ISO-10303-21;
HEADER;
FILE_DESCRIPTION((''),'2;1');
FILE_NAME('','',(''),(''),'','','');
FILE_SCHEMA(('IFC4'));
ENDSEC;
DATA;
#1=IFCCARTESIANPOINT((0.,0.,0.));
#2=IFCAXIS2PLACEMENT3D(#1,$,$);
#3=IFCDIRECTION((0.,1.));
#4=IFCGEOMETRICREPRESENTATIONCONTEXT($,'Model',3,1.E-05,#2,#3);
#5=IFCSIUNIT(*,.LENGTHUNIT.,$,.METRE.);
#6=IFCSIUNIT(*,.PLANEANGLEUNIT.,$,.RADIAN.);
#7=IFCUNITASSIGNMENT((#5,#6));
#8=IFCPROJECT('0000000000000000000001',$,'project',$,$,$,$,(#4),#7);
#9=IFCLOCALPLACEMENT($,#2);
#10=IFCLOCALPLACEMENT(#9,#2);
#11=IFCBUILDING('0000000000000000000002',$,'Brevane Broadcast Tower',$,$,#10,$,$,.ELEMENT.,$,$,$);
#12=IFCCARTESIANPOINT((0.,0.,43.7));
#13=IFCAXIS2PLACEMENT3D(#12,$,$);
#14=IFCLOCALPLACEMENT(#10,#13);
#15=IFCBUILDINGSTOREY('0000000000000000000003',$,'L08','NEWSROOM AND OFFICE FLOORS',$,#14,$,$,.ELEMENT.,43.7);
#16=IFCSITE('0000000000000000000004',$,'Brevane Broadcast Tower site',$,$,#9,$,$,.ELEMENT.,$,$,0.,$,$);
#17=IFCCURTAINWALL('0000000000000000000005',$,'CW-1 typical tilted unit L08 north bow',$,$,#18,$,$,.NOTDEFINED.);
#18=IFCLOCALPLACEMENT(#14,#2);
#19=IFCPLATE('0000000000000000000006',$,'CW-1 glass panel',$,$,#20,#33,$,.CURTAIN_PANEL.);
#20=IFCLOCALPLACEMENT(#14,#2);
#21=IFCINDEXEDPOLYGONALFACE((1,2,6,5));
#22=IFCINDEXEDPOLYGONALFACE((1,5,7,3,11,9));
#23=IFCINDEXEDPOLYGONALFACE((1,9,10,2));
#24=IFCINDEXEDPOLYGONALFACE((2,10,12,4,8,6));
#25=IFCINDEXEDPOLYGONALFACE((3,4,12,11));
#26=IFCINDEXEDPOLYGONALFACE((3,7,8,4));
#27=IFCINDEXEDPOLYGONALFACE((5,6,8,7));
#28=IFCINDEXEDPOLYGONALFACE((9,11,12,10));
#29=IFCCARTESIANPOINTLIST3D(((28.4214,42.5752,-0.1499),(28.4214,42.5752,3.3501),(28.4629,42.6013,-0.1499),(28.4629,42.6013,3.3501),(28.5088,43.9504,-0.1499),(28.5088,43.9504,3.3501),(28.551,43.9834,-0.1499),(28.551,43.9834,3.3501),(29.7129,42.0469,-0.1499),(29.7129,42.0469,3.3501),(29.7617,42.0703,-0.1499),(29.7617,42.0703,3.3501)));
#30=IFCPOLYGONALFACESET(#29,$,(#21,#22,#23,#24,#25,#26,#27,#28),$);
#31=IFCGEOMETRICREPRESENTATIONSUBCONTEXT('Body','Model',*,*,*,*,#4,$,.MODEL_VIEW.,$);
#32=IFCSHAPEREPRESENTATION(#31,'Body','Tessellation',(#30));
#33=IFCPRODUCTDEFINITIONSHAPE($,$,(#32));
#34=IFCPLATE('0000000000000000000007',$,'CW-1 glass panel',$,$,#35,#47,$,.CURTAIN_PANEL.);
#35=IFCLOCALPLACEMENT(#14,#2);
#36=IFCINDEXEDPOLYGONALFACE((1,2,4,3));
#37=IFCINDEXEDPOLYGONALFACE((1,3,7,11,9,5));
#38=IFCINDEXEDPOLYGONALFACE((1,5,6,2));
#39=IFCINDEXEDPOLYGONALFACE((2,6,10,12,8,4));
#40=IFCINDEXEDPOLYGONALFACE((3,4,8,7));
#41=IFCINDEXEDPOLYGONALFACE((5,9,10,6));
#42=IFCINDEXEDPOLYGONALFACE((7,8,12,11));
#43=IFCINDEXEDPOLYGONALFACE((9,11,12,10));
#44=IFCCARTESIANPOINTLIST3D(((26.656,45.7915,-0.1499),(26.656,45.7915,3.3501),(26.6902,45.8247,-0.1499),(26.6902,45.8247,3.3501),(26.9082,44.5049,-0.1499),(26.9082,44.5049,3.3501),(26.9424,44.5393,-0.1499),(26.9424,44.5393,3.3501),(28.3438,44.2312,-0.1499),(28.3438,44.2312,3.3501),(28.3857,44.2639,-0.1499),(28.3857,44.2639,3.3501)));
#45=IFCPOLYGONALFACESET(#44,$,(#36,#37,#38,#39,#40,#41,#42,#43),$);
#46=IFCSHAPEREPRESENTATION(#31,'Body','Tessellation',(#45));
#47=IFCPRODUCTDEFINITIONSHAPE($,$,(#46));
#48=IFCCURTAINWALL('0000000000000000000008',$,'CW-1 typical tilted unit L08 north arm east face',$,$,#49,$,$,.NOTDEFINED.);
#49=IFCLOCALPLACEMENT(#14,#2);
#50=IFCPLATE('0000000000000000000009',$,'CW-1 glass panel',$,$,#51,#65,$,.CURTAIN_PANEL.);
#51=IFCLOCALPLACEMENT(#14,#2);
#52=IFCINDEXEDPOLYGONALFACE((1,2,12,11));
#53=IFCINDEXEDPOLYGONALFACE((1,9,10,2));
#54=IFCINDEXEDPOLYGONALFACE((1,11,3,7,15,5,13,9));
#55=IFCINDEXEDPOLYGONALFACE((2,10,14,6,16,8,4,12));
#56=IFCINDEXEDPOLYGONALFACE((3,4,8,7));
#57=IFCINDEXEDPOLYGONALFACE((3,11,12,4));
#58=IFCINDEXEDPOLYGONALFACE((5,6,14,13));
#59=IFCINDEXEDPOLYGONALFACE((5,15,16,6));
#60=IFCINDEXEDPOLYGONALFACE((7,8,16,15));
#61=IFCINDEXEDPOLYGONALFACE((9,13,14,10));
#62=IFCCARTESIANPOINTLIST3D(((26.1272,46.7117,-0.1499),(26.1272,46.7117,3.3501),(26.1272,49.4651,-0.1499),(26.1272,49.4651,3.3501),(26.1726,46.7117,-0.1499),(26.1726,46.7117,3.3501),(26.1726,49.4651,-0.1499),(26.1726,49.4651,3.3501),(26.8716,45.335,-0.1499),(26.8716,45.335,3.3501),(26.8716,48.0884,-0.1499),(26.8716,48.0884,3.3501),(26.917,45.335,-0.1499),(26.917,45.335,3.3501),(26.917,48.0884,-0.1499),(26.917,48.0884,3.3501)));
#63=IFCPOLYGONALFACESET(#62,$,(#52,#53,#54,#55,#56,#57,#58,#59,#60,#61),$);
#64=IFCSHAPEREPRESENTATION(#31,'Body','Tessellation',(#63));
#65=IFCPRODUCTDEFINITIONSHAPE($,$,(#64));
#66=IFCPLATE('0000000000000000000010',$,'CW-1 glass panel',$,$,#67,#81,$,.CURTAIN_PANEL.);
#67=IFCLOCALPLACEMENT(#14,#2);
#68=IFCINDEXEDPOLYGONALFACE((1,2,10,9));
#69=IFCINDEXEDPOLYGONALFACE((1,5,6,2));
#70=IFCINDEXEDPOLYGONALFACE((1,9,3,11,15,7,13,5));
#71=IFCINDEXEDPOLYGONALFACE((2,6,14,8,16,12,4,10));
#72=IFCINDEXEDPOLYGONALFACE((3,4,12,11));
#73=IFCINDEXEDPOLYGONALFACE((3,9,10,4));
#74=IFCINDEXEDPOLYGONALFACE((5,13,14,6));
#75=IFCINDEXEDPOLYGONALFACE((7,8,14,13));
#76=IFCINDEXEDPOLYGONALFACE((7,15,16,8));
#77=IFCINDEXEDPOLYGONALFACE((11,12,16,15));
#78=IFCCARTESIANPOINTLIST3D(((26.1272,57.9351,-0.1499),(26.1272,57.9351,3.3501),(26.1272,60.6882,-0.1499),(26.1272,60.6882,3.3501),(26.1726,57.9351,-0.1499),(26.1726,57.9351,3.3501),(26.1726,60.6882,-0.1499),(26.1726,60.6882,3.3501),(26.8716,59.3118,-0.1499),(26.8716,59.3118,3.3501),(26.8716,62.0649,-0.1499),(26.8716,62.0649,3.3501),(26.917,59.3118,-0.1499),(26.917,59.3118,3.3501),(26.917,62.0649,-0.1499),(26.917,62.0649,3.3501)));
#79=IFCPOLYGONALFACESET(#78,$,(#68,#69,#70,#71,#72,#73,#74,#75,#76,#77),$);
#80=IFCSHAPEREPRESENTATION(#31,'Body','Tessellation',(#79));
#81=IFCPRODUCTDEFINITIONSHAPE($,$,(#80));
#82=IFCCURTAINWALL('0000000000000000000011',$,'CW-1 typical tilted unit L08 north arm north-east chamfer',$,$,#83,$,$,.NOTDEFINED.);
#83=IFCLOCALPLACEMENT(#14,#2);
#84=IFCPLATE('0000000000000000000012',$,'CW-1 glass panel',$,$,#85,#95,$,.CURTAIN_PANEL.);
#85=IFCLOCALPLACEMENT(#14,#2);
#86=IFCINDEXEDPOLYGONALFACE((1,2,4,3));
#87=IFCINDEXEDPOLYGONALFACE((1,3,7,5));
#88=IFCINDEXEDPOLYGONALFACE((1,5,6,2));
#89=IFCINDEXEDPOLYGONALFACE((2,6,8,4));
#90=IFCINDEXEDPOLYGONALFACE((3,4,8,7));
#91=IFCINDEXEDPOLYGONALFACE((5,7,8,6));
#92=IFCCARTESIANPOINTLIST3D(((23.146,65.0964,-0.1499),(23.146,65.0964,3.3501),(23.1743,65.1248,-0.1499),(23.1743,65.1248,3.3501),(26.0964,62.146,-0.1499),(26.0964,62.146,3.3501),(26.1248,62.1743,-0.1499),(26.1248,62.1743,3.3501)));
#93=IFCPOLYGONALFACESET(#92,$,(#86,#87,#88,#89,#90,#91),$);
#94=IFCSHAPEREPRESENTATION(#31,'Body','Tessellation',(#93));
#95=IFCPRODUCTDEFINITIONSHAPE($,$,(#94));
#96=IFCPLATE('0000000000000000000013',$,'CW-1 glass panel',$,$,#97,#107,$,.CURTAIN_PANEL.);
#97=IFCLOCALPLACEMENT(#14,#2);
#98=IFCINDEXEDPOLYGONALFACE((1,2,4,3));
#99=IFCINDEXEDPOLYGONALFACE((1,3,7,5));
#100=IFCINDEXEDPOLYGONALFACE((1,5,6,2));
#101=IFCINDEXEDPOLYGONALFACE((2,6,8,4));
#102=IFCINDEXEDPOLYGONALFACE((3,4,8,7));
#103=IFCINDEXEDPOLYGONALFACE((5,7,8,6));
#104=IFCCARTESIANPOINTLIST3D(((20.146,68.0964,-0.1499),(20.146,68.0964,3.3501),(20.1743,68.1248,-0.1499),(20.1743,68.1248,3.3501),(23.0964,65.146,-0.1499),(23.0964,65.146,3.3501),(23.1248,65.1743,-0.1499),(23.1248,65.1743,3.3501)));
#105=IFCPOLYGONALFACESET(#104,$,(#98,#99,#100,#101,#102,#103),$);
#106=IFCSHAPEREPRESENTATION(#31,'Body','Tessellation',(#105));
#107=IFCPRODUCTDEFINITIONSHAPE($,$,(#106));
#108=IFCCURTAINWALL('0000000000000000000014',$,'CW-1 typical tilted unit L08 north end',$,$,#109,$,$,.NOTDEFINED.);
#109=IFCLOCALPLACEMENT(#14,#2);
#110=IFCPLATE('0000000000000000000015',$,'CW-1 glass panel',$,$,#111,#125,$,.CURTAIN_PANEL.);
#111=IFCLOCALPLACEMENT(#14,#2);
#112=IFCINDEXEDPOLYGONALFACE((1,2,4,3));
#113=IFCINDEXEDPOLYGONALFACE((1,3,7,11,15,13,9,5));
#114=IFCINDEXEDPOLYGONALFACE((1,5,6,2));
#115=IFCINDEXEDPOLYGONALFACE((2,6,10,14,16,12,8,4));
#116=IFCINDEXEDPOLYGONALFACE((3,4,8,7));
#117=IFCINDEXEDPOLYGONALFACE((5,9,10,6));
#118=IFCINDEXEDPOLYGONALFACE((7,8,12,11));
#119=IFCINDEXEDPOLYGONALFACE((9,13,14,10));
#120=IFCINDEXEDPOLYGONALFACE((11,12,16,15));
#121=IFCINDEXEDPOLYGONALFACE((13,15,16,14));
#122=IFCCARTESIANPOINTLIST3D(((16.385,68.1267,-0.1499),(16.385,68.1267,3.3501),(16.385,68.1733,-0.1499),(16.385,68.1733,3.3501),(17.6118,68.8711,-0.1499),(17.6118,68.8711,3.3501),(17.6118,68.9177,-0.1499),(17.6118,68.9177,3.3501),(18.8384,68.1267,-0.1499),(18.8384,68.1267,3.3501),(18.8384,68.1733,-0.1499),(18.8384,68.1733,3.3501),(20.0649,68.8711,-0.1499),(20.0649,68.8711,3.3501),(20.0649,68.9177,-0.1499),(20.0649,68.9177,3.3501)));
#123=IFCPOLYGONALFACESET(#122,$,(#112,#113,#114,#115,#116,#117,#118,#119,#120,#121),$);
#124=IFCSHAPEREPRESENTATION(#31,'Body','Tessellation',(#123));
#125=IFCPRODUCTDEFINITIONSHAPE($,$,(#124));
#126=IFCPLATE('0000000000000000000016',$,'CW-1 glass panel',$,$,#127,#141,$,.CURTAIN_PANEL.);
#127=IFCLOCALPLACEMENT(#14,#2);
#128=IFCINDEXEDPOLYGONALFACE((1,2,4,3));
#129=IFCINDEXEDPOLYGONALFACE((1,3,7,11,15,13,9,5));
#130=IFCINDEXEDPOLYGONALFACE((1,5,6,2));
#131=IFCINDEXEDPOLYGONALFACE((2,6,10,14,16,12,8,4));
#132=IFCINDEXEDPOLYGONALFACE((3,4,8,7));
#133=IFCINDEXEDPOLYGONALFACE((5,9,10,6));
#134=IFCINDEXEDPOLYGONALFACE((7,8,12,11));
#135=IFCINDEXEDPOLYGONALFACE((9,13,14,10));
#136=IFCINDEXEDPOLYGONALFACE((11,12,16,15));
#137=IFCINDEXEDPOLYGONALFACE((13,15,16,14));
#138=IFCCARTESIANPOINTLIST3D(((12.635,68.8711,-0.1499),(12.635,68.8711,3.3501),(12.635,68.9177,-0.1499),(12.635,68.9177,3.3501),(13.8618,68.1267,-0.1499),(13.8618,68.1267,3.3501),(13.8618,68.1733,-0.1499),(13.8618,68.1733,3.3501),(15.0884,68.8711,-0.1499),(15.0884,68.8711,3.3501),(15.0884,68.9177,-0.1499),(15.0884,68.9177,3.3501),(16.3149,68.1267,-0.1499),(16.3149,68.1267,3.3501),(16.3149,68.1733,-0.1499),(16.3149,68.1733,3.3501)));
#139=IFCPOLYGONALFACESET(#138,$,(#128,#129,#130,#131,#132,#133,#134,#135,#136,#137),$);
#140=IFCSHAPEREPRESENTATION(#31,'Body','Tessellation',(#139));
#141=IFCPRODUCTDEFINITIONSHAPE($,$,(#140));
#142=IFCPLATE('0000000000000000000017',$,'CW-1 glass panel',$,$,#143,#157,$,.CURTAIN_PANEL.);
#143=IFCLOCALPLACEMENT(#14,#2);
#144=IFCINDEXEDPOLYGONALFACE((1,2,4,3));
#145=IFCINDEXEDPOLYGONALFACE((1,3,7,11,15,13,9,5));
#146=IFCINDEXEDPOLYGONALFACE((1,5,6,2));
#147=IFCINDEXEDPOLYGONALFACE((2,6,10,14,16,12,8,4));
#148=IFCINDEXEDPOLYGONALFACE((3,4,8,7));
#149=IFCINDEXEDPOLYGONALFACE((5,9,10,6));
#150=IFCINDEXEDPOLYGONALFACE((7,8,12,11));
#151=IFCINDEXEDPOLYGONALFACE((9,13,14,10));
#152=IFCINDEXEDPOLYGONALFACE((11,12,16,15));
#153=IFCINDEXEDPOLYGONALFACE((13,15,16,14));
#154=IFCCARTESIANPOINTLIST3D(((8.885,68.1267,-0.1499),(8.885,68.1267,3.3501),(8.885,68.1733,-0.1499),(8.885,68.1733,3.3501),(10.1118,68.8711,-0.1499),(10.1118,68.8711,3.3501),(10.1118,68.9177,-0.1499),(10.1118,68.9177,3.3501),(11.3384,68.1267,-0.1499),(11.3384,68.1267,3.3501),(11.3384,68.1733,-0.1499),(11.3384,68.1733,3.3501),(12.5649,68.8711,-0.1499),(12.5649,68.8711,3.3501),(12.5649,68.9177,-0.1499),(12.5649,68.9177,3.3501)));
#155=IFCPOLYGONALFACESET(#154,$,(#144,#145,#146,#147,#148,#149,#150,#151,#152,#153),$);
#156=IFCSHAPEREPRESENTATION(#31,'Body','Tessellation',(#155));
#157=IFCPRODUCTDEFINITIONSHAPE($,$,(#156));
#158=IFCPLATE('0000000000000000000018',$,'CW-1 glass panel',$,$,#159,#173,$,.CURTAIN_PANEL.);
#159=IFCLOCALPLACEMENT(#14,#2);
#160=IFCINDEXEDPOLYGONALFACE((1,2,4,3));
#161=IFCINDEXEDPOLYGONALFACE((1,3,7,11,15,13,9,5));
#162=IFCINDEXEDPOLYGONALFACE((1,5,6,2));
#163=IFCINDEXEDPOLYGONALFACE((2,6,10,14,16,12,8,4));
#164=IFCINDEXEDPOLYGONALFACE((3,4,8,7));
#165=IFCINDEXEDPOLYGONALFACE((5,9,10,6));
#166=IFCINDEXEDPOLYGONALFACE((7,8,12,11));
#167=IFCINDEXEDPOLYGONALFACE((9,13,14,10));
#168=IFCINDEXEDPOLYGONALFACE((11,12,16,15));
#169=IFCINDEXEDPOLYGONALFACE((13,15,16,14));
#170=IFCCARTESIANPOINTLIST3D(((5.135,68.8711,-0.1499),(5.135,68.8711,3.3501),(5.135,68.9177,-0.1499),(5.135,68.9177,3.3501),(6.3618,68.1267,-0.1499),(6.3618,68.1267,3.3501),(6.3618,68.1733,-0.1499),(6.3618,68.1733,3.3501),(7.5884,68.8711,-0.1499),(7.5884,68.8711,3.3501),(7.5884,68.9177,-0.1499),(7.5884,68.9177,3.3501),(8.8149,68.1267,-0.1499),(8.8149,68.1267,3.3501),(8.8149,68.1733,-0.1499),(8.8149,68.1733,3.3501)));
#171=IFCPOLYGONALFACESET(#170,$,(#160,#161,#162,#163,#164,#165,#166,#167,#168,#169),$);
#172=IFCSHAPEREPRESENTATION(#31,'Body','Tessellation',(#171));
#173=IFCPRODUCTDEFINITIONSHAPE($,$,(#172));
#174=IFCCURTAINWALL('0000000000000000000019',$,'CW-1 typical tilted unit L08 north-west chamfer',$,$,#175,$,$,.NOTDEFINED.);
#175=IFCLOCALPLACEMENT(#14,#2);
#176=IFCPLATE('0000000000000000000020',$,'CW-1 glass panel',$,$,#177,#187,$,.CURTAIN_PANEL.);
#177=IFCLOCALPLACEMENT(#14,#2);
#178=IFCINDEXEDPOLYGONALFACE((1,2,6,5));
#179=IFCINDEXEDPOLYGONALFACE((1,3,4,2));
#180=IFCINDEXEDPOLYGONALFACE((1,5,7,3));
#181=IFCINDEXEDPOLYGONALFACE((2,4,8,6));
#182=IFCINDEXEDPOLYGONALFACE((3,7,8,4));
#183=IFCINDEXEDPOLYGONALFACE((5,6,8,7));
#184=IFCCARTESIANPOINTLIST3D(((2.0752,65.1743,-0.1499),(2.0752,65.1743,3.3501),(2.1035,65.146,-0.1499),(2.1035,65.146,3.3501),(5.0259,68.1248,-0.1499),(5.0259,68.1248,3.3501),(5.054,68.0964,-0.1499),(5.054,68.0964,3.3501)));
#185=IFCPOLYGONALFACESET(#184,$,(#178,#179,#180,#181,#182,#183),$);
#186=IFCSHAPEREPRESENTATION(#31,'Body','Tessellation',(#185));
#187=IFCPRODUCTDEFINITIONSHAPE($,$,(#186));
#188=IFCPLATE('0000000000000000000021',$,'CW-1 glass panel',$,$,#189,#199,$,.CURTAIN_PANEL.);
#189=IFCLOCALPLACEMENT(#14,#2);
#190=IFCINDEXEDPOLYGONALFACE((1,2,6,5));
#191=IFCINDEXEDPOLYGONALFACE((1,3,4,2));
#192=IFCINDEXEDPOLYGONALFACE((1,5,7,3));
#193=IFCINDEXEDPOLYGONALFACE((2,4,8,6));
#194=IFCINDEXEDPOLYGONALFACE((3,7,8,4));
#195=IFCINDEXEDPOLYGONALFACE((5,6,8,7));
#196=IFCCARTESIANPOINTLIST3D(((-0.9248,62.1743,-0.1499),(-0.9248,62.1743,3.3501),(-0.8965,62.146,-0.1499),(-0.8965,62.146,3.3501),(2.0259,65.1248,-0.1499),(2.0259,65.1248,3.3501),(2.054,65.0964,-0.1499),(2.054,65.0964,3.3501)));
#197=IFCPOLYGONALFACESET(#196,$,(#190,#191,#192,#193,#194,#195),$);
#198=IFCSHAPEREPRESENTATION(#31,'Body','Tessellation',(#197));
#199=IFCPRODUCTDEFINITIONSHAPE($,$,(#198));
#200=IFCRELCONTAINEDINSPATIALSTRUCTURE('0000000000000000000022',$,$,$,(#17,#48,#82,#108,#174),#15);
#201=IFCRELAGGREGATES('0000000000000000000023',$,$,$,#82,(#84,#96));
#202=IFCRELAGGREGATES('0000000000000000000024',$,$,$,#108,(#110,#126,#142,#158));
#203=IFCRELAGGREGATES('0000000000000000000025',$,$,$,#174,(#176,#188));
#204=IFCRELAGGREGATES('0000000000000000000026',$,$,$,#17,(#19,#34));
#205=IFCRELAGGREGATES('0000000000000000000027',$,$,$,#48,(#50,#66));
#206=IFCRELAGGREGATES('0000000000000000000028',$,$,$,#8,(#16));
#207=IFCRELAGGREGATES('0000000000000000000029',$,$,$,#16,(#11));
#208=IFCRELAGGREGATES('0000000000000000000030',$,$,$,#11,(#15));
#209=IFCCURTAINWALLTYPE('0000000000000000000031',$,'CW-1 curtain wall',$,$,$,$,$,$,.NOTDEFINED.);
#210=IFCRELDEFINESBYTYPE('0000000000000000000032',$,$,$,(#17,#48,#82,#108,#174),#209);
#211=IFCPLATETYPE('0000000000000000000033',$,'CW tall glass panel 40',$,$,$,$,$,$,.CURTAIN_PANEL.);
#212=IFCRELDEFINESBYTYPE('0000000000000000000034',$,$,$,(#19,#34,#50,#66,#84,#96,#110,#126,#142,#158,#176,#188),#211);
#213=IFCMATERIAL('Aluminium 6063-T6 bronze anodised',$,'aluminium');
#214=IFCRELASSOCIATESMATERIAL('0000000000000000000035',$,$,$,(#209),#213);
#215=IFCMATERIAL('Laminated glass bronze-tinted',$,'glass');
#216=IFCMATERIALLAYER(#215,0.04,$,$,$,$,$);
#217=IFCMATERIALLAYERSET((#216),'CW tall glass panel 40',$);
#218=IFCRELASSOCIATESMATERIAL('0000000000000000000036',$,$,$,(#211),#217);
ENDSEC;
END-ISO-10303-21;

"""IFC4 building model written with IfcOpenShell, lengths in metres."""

from ifc_helpers import new_model, si_unit, direction, frame, origin, place, context, subcontext, project, spatial, polyline, outline, extrude, material, layer, layer_set, type_object, element, aggregate, save


model = new_model("IFC4")

# Units and contexts
model_context = context("Model", 3, precision=1e-05, world=origin(), true_north=direction((0.0, 1.0)))
body_context = subcontext(model_context, "Body", "Model", "MODEL_VIEW")
ifc_project = project(units=[si_unit("LENGTHUNIT", "METRE"), si_unit("PLANEANGLEUNIT", "RADIAN")], contexts=[model_context])

# Site, building, storey
site_placement = place(None, origin())
site = spatial("IfcSite", under=ifc_project, at=site_placement, Name="Brevane Broadcast Tower site", CompositionType="ELEMENT", RefElevation=0.0)
building_placement = place(site_placement, origin())
building = spatial("IfcBuilding", under=site, at=building_placement, Name="Brevane Broadcast Tower", CompositionType="ELEMENT")
storey_placement = place(building_placement, frame((0.0, 0.0, 43.7)))
storey = spatial("IfcBuildingStorey", under=building, at=storey_placement, Name="L08", Description="NEWSROOM AND OFFICE FLOORS", CompositionType="ELEMENT", Elevation=43.7)

# Shared definitions
ifc_material_1 = material(Name="Aluminium 6063-T6 bronze anodised", Category="aluminium")
curtain_wall_type = type_object("IfcCurtainWallType", Name="CW-1 curtain wall", PredefinedType="NOTDEFINED", material=ifc_material_1)

# Curtain walls, plates
ifc_material_2 = material(Name="Laminated glass bronze-tinted", Category="glass")
ifc_layer_1 = layer(ifc_material_2, 0.04)
ifc_layer_set_1 = layer_set([ifc_layer_1], Name="CW tall glass panel 40")
plate_type = type_object("IfcPlateType", Name="CW tall glass panel 40", PredefinedType="CURTAIN_PANEL", material=ifc_layer_set_1)
curtain_wall_1_placement = place(storey_placement, origin())
curtain_wall_1 = element("IfcCurtainWall", 1, at=curtain_wall_1_placement, inside=storey, type_object=curtain_wall_type, Name="CW-1 typical tilted unit L08 north bow", PredefinedType="NOTDEFINED")
plate_1_placement = place(storey_placement, frame((0.0, 0.0, -0.1499)))
plate_1 = element("IfcPlate", 2, at=plate_1_placement, type_object=plate_type, Name="CW-1 glass panel", PredefinedType="CURTAIN_PANEL", context=body_context, shape_type="SweptSolid", body=[
    extrude(outline(polyline([(29.7129, 42.0469), (29.7617, 42.0703), (28.4629, 42.6013), (28.551, 43.9834), (28.5088, 43.9504), (28.4214, 42.5752), (29.7129, 42.0469)])), origin(), (0.0, 0.0, 1.0), 3.5),
])
plate_2_placement = place(storey_placement, frame((0.0, 0.0, -0.1499)))
plate_2 = element("IfcPlate", 3, at=plate_2_placement, type_object=plate_type, Name="CW-1 glass panel", PredefinedType="CURTAIN_PANEL", context=body_context, shape_type="SweptSolid", body=[
    extrude(outline(polyline([(28.3438, 44.2312), (28.3857, 44.2639), (26.9424, 44.5393), (26.6902, 45.8247), (26.656, 45.7915), (26.9082, 44.5049), (28.3438, 44.2312)])), origin(), (0.0, 0.0, 1.0), 3.5),
])
curtain_wall_2_placement = place(storey_placement, origin())
curtain_wall_2 = element("IfcCurtainWall", 4, at=curtain_wall_2_placement, inside=storey, type_object=curtain_wall_type, Name="CW-1 typical tilted unit L08 north arm east face", PredefinedType="NOTDEFINED")
plate_3_placement = place(storey_placement, frame((0.0, 0.0, -0.1499)))
plate_3 = element("IfcPlate", 5, at=plate_3_placement, type_object=plate_type, Name="CW-1 glass panel", PredefinedType="CURTAIN_PANEL", context=body_context, shape_type="SweptSolid", body=[
    extrude(outline(polyline([(26.8716, 45.335), (26.917, 45.335), (26.1726, 46.7117), (26.917, 48.0884), (26.1726, 49.4651), (26.1272, 49.4651), (26.8716, 48.0884), (26.1272, 46.7117), (26.8716, 45.335)])), origin(), (0.0, 0.0, 1.0), 3.5),
])
plate_4_placement = place(storey_placement, frame((0.0, 0.0, -0.1499)))
plate_4 = element("IfcPlate", 6, at=plate_4_placement, type_object=plate_type, Name="CW-1 glass panel", PredefinedType="CURTAIN_PANEL", context=body_context, shape_type="SweptSolid", body=[
    extrude(outline(polyline([(26.1272, 57.9351), (26.1726, 57.9351), (26.917, 59.3118), (26.1726, 60.6882), (26.917, 62.0649), (26.8716, 62.0649), (26.1272, 60.6882), (26.8716, 59.3118), (26.1272, 57.9351)])), origin(), (0.0, 0.0, 1.0), 3.5),
])
curtain_wall_3_placement = place(storey_placement, origin())
curtain_wall_3 = element("IfcCurtainWall", 7, at=curtain_wall_3_placement, inside=storey, type_object=curtain_wall_type, Name="CW-1 typical tilted unit L08 north arm north-east chamfer", PredefinedType="NOTDEFINED")
plate_5_placement = place(storey_placement, frame((0.0, 0.0, -0.1499)))
plate_5 = element("IfcPlate", 8, at=plate_5_placement, type_object=plate_type, Name="CW-1 glass panel", PredefinedType="CURTAIN_PANEL", context=body_context, shape_type="SweptSolid", body=[
    extrude(outline(polyline([(26.0964, 62.146), (23.146, 65.0964), (23.1743, 65.1248), (26.1248, 62.1743), (26.0964, 62.146)])), origin(), (0.0, 0.0, 1.0), 3.5),
])
plate_6_placement = place(storey_placement, frame((0.0, 0.0, -0.1499)))
plate_6 = element("IfcPlate", 9, at=plate_6_placement, type_object=plate_type, Name="CW-1 glass panel", PredefinedType="CURTAIN_PANEL", context=body_context, shape_type="SweptSolid", body=[
    extrude(outline(polyline([(23.0964, 65.146), (20.146, 68.0964), (20.1743, 68.1248), (23.1248, 65.1743), (23.0964, 65.146)])), origin(), (0.0, 0.0, 1.0), 3.5),
])
aggregate(curtain_wall_3, [plate_5, plate_6])
curtain_wall_4_placement = place(storey_placement, origin())
curtain_wall_4 = element("IfcCurtainWall", 10, at=curtain_wall_4_placement, inside=storey, type_object=curtain_wall_type, Name="CW-1 typical tilted unit L08 north end", PredefinedType="NOTDEFINED")
plate_7_placement = place(storey_placement, frame((0.0, 0.0, -0.1499)))
plate_7 = element("IfcPlate", 11, at=plate_7_placement, type_object=plate_type, Name="CW-1 glass panel", PredefinedType="CURTAIN_PANEL", context=body_context, shape_type="SweptSolid", body=[
    extrude(outline(polyline([(20.0649, 68.8711), (20.0649, 68.9177), (18.8384, 68.1733), (17.6118, 68.9177), (16.385, 68.1733), (16.385, 68.1267), (17.6118, 68.8711), (18.8384, 68.1267), (20.0649, 68.8711)])), origin(), (0.0, 0.0, 1.0), 3.5),
])
plate_8_placement = place(storey_placement, frame((0.0, 0.0, -0.1499)))
plate_8 = element("IfcPlate", 12, at=plate_8_placement, type_object=plate_type, Name="CW-1 glass panel", PredefinedType="CURTAIN_PANEL", context=body_context, shape_type="SweptSolid", body=[
    extrude(outline(polyline([(16.3149, 68.1267), (16.3149, 68.1733), (15.0884, 68.9177), (13.8618, 68.1733), (12.635, 68.9177), (12.635, 68.8711), (13.8618, 68.1267), (15.0884, 68.8711), (16.3149, 68.1267)])), origin(), (0.0, 0.0, 1.0), 3.5),
])
plate_9_placement = place(storey_placement, frame((0.0, 0.0, -0.1499)))
plate_9 = element("IfcPlate", 13, at=plate_9_placement, type_object=plate_type, Name="CW-1 glass panel", PredefinedType="CURTAIN_PANEL", context=body_context, shape_type="SweptSolid", body=[
    extrude(outline(polyline([(12.5649, 68.8711), (12.5649, 68.9177), (11.3384, 68.1733), (10.1118, 68.9177), (8.885, 68.1733), (8.885, 68.1267), (10.1118, 68.8711), (11.3384, 68.1267), (12.5649, 68.8711)])), origin(), (0.0, 0.0, 1.0), 3.5),
])
plate_10_placement = place(storey_placement, frame((0.0, 0.0, -0.1499)))
plate_10 = element("IfcPlate", 14, at=plate_10_placement, type_object=plate_type, Name="CW-1 glass panel", PredefinedType="CURTAIN_PANEL", context=body_context, shape_type="SweptSolid", body=[
    extrude(outline(polyline([(8.8149, 68.1267), (8.8149, 68.1733), (7.5884, 68.9177), (6.3618, 68.1733), (5.135, 68.9177), (5.135, 68.8711), (6.3618, 68.1267), (7.5884, 68.8711), (8.8149, 68.1267)])), origin(), (0.0, 0.0, 1.0), 3.5),
])
aggregate(curtain_wall_4, [plate_7, plate_8, plate_9, plate_10])
curtain_wall_5_placement = place(storey_placement, origin())
curtain_wall_5 = element("IfcCurtainWall", 15, at=curtain_wall_5_placement, inside=storey, type_object=curtain_wall_type, Name="CW-1 typical tilted unit L08 north-west chamfer", PredefinedType="NOTDEFINED")
plate_11_placement = place(storey_placement, frame((0.0, 0.0, -0.1499)))
plate_11 = element("IfcPlate", 16, at=plate_11_placement, type_object=plate_type, Name="CW-1 glass panel", PredefinedType="CURTAIN_PANEL", context=body_context, shape_type="SweptSolid", body=[
    extrude(outline(polyline([(5.054, 68.0964), (2.1035, 65.146), (2.0752, 65.1743), (5.0259, 68.1248), (5.054, 68.0964)])), origin(), (0.0, 0.0, 1.0), 3.5),
])
plate_12_placement = place(storey_placement, frame((0.0, 0.0, -0.1499)))
plate_12 = element("IfcPlate", 17, at=plate_12_placement, type_object=plate_type, Name="CW-1 glass panel", PredefinedType="CURTAIN_PANEL", context=body_context, shape_type="SweptSolid", body=[
    extrude(outline(polyline([(2.054, 65.0964), (-0.8965, 62.146), (-0.9248, 62.1743), (2.0259, 65.1248), (2.054, 65.0964)])), origin(), (0.0, 0.0, 1.0), 3.5),
])
aggregate(curtain_wall_5, [plate_11, plate_12])

aggregate(curtain_wall_1, [plate_1, plate_2])
aggregate(curtain_wall_2, [plate_3, plate_4])

save(model, "model.ifc")
